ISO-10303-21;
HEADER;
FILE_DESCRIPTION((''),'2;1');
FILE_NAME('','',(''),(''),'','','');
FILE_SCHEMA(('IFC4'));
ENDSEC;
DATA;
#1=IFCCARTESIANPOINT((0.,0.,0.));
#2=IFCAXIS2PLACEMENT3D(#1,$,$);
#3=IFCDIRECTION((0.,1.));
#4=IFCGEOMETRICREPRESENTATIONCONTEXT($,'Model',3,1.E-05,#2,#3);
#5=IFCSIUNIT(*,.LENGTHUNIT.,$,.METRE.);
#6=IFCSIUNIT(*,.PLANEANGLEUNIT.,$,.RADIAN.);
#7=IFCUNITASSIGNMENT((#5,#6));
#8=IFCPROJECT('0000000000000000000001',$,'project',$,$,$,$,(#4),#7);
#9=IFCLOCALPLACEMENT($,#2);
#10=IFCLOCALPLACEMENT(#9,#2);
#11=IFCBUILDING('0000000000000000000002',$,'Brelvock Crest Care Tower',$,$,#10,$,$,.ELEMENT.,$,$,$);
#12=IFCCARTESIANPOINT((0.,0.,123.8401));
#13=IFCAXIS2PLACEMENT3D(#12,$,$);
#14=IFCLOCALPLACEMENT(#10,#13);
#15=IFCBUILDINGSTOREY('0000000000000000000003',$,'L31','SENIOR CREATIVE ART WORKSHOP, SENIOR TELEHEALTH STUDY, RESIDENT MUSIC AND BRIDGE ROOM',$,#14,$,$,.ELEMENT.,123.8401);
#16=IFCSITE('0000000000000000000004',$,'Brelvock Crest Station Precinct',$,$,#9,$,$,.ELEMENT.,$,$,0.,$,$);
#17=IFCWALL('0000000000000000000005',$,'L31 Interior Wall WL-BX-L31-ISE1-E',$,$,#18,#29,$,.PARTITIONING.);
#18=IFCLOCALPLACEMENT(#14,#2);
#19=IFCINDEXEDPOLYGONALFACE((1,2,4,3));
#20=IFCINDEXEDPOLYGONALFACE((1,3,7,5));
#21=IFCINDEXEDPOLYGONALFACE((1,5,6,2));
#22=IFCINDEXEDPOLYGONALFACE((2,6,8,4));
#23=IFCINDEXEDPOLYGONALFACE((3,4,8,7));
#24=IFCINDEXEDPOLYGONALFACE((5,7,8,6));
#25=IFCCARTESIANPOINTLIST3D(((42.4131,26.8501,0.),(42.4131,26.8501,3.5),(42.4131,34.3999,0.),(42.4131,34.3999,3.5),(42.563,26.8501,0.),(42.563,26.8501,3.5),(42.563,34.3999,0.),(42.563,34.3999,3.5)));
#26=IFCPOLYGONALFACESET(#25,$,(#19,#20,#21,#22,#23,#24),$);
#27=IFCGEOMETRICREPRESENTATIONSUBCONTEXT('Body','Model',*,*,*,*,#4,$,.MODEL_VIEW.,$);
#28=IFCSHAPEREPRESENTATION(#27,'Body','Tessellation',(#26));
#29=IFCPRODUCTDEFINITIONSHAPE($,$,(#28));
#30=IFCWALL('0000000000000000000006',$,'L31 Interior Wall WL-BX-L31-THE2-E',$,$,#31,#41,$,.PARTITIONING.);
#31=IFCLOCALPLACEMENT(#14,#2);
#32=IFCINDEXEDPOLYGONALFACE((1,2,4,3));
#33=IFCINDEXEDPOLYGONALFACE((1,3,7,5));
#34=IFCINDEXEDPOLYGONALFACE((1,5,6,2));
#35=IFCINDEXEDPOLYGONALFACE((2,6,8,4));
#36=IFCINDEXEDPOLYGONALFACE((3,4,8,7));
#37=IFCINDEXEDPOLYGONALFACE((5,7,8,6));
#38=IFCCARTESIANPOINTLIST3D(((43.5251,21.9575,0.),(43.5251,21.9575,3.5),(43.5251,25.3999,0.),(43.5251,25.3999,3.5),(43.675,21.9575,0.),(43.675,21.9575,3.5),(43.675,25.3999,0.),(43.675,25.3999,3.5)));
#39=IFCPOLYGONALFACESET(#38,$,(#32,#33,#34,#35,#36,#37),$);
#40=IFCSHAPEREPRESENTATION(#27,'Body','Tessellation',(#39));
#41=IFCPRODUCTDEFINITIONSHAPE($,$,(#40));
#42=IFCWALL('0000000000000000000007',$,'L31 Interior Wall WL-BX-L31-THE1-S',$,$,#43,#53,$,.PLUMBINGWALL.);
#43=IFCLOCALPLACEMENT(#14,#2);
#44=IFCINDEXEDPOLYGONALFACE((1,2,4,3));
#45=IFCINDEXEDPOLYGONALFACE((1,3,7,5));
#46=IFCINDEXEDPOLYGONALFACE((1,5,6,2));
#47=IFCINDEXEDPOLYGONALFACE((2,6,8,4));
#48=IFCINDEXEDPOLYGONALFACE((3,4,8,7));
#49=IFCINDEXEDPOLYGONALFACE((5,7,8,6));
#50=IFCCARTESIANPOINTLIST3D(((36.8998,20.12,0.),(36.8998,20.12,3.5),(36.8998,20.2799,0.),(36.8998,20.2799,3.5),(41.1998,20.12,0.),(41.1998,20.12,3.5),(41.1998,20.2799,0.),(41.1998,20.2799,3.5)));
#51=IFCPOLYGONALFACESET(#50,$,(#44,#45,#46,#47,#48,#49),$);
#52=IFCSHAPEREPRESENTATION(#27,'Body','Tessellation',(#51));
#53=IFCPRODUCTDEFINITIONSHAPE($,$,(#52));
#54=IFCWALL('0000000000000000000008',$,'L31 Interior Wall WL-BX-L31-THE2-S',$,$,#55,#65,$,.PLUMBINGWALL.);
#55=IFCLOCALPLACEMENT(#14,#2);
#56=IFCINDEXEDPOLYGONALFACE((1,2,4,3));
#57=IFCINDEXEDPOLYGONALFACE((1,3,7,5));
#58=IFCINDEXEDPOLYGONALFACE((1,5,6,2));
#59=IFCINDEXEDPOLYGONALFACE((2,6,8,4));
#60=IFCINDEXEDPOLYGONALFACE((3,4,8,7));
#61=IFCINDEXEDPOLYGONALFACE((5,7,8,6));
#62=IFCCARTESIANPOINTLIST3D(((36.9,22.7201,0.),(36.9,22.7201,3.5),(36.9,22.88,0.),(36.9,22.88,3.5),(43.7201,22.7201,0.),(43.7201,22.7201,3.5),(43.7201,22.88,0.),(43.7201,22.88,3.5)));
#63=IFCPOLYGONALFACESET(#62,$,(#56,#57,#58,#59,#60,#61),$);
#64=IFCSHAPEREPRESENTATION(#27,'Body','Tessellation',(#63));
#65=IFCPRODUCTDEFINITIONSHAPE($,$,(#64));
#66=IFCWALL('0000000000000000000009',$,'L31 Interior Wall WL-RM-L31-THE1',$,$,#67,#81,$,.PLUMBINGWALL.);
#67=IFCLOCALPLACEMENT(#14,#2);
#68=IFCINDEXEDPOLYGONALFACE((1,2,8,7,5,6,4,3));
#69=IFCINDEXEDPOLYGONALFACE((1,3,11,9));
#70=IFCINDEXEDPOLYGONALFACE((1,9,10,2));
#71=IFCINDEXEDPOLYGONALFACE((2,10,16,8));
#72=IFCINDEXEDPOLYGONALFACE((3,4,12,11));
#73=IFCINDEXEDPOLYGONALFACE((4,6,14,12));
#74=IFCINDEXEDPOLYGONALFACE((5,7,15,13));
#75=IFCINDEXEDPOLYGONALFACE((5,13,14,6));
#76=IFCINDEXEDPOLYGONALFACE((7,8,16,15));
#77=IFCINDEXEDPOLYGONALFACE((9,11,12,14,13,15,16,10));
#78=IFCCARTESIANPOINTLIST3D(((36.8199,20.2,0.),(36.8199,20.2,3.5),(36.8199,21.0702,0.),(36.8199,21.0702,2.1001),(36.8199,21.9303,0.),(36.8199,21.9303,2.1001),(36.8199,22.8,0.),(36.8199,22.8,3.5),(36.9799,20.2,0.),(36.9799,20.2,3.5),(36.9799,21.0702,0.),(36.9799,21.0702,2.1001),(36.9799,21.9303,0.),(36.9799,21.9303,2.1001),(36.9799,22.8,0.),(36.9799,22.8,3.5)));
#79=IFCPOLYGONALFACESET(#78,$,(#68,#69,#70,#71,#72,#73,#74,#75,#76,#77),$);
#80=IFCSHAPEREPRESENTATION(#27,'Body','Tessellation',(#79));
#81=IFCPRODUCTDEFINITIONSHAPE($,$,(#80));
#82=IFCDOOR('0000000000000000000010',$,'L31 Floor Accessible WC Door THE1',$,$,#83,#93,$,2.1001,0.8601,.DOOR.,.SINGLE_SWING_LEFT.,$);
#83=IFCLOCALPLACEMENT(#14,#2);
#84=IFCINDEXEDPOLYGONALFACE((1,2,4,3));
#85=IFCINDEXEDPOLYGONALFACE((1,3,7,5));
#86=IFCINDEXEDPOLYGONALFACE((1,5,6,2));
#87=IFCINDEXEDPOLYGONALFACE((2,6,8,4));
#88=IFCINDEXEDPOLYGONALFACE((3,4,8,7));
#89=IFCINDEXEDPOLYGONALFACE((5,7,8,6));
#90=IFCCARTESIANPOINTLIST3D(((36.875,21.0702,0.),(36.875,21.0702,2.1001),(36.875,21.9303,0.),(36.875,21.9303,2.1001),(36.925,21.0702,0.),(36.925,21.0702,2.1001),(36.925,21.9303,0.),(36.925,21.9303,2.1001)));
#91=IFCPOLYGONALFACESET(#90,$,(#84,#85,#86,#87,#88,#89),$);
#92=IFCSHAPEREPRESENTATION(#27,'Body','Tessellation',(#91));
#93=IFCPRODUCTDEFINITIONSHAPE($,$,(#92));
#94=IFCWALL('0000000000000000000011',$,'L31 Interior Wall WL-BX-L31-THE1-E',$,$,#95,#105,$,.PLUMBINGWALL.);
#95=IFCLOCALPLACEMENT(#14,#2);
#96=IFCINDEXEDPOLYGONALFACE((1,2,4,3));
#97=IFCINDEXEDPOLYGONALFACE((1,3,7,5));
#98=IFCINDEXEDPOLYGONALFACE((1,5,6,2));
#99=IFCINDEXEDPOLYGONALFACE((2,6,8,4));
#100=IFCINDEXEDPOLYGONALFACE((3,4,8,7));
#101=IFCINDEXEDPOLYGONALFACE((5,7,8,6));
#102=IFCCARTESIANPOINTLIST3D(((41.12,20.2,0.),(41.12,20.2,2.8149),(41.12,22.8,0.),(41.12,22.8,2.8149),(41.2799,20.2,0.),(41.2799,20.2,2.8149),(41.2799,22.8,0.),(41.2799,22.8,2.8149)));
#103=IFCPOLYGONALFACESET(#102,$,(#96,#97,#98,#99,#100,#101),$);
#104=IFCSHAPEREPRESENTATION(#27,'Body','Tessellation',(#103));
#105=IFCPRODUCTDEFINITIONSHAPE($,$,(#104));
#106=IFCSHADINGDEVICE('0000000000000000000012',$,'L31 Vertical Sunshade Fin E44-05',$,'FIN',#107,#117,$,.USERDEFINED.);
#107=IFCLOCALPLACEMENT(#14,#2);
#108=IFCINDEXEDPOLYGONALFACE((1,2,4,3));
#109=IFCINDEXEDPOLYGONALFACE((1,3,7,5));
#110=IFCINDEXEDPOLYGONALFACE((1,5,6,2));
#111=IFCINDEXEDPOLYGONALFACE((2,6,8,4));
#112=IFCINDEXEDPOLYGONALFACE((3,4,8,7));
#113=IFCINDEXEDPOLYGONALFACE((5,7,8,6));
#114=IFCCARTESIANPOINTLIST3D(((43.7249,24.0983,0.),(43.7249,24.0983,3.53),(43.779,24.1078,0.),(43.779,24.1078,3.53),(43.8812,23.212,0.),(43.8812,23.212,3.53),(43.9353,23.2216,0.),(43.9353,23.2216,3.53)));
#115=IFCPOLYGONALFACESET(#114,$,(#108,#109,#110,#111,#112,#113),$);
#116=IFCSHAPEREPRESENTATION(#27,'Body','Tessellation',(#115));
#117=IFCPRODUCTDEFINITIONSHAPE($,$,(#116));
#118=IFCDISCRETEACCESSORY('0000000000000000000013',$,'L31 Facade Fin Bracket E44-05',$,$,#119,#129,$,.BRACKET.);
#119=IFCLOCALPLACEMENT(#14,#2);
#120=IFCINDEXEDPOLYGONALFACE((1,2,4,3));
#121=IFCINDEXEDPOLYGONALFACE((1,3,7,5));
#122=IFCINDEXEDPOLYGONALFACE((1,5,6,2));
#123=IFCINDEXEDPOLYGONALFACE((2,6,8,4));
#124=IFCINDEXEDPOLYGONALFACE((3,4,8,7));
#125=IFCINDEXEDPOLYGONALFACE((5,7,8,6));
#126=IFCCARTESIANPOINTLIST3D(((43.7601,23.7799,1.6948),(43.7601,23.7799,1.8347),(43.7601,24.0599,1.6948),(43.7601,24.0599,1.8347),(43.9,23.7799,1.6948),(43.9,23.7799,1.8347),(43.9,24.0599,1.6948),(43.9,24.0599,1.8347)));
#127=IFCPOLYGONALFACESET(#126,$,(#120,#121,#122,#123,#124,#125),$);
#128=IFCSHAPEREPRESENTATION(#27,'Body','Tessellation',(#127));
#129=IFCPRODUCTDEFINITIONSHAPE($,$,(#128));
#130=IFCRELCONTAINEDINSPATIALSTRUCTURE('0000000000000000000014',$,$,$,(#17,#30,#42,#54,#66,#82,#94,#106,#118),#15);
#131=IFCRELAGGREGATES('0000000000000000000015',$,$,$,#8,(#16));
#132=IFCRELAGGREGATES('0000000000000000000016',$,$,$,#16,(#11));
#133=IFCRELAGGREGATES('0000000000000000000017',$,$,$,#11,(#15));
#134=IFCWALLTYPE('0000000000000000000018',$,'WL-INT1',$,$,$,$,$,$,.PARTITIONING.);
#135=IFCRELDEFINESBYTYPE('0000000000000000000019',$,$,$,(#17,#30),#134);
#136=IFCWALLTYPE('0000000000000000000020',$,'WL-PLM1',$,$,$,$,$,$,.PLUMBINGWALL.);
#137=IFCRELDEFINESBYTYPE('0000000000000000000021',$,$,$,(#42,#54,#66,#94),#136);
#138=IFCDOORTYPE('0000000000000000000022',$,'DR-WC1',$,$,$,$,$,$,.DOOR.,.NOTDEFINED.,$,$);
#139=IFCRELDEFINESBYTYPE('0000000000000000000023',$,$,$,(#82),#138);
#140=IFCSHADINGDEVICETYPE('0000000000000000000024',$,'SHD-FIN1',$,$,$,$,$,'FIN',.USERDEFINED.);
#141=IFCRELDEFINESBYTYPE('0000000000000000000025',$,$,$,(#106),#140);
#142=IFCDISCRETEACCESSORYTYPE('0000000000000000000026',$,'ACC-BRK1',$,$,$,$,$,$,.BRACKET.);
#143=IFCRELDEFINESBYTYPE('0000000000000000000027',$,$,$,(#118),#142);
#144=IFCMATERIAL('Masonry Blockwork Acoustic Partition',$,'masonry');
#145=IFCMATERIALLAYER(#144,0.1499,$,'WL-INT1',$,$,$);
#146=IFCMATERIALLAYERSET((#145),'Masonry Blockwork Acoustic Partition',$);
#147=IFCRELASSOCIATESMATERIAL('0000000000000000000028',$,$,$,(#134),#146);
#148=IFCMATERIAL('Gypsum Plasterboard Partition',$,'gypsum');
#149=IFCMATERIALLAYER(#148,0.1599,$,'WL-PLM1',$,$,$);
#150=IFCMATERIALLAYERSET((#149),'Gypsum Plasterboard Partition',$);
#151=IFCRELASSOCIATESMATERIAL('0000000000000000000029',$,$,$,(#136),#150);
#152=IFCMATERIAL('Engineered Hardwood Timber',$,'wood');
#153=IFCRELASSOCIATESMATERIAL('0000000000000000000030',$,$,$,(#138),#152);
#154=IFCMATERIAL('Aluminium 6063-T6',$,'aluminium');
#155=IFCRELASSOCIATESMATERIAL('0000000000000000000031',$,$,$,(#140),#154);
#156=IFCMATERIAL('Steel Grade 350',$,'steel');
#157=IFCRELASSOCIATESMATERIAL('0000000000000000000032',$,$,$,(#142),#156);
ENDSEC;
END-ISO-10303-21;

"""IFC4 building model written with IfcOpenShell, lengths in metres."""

from ifc_helpers import new_model, si_unit, direction, frame, frame_2d, origin, origin_2d, place, context, subcontext, project, spatial, rectangle, extrude, source, transform, mapped, material, layer, layer_set, material_profile, profile_set, type_object, element, fill, save


model = new_model("IFC4")

# Units and contexts
model_context = context("Model", 3, precision=1e-05, world=origin(), true_north=direction((0.0, 1.0)))
body_context = subcontext(model_context, "Body", "Model", "MODEL_VIEW")
ifc_project = project(units=[si_unit("LENGTHUNIT", "METRE"), si_unit("PLANEANGLEUNIT", "RADIAN")], contexts=[model_context])

# Site, building, storey
site_placement = place(None, origin())
site = spatial("IfcSite", under=ifc_project, at=site_placement, Name="Brelvock Crest Station Precinct", CompositionType="ELEMENT", RefElevation=0.0)
building_placement = place(site_placement, origin())
building = spatial("IfcBuilding", under=site, at=building_placement, Name="Brelvock Crest Care Tower", CompositionType="ELEMENT")
storey_placement = place(building_placement, frame((0.0, 0.0, 123.8401)))
storey = spatial("IfcBuildingStorey", under=building, at=storey_placement, Name="L31", Description="SENIOR CREATIVE ART WORKSHOP, SENIOR TELEHEALTH STUDY, RESIDENT MUSIC AND BRIDGE ROOM", CompositionType="ELEMENT", Elevation=123.8401)

# Shared definitions
ifc_material_1 = material(Name="Steel Grade 350", Category="steel")

# Shared definitions
ifc_material_2 = material(Name="Aluminium 6063-T6", Category="aluminium")

# Shared definitions
ifc_material_3 = material(Name="Masonry Blockwork Acoustic Partition", Category="masonry")
ifc_layer_1 = layer(ifc_material_3, 0.1499, Name="WL-INT1")
ifc_layer_set_1 = layer_set([ifc_layer_1], Name="Masonry Blockwork Acoustic Partition")
wall_type_1 = type_object("IfcWallType", Name="WL-INT1", PredefinedType="PARTITIONING", material=ifc_layer_set_1)

# Shared definitions
ifc_material_4 = material(Name="Engineered Hardwood Timber", Category="wood")

# Walls
for number, where, z_axis, x_axis, name in (
    (1, (42.488, 26.8501, 0.0), (0.0, 0.0, 1.0), (0.0, 1.0, 0.0), "L31 Interior Wall WL-BX-L31-ISE1-E"),
):
    element("IfcWall", number, at=place(storey_placement, frame(where, z_axis=z_axis, x_axis=x_axis)), inside=storey, type_object=wall_type_1, Name=name, PredefinedType="PARTITIONING", context=body_context, shape_type="SweptSolid", body=[
        extrude(rectangle(XDim=7.5498, YDim=0.1499, at=frame_2d((3.7749, 0.0))), origin(), (0.0, 0.0, 1.0), 3.5),
    ])
wall_1_placement = place(storey_placement, frame((43.6001, 21.9575, 0.0), z_axis=(0.0, 0.0, 1.0), x_axis=(0.0, 1.0, 0.0)))
element("IfcWall", 2, at=wall_1_placement, inside=storey, type_object=wall_type_1, Name="L31 Interior Wall WL-BX-L31-THE2-E", PredefinedType="PARTITIONING", context=body_context, shape_type="SweptSolid", body=[
    extrude(rectangle(XDim=3.4424, YDim=0.1499, at=frame_2d((1.7212, 0.0))), origin(), (0.0, 0.0, 1.0), 3.5),
])
ifc_material_5 = material(Name="Gypsum Plasterboard Partition", Category="gypsum")
ifc_layer_2 = layer(ifc_material_5, 0.1599, Name="WL-PLM1")
ifc_layer_set_2 = layer_set([ifc_layer_2], Name="Gypsum Plasterboard Partition")
wall_type_2 = type_object("IfcWallType", Name="WL-PLM1", PredefinedType="PLUMBINGWALL", material=ifc_layer_set_2)
wall_2_placement = place(storey_placement, frame((36.8999, 20.2, 0.0), z_axis=(0.0, 0.0, 1.0), x_axis=(1.0, 0.0, 0.0)))
element("IfcWall", 3, at=wall_2_placement, inside=storey, type_object=wall_type_2, Name="L31 Interior Wall WL-BX-L31-THE1-S", PredefinedType="PLUMBINGWALL", context=body_context, shape_type="SweptSolid", body=[
    extrude(rectangle(XDim=4.3, YDim=0.1599, at=frame_2d((2.1499, 0.0))), origin(), (0.0, 0.0, 1.0), 3.5),
])
wall_3_placement = place(storey_placement, frame((36.8999, 22.8, 0.0), z_axis=(0.0, 0.0, 1.0), x_axis=(1.0, 0.0, 0.0)))
element("IfcWall", 4, at=wall_3_placement, inside=storey, type_object=wall_type_2, Name="L31 Interior Wall WL-BX-L31-THE2-S", PredefinedType="PLUMBINGWALL", context=body_context, shape_type="SweptSolid", body=[
    extrude(rectangle(XDim=6.8201, YDim=0.1599, at=frame_2d((3.4102, 0.0))), origin(), (0.0, 0.0, 1.0), 3.5),
])

# Wall, opening, door
wall_4_placement = place(storey_placement, frame((36.8999, 20.2, 0.0), z_axis=(0.0, 0.0, 1.0), x_axis=(0.0, 1.0, 0.0)))
wall_4 = element("IfcWall", 5, at=wall_4_placement, inside=storey, type_object=wall_type_2, Name="L31 Interior Wall WL-RM-L31-THE1", PredefinedType="PLUMBINGWALL", context=body_context, shape_type="SweptSolid", body=[
    extrude(rectangle(XDim=2.6001, YDim=0.1599, at=frame_2d((1.3, 0.0))), origin(), (0.0, 0.0, 1.0), 3.5),
])
opening_1_placement = place(wall_4_placement, frame((0.8701, 0.0, 0.0)))
opening_1 = element("IfcOpeningElement", 6, at=opening_1_placement, cuts=wall_4, PredefinedType="OPENING", context=body_context, shape_type="SweptSolid", body=[
    extrude(rectangle(XDim=0.8601, YDim=2.1001, at=origin_2d()), frame((0.4302, 0.0898, 1.05), z_axis=(0.0, -1.0, 0.0), x_axis=(1.0, 0.0, 0.0)), (0.0, 0.0, 1.0), 0.1799),
])
door_type_1 = type_object("IfcDoorType", Name="DR-WC1", OperationType="NOTDEFINED", PredefinedType="DOOR", material=ifc_material_4)
shared_shape_1 = source(origin(), body_context, "Body", "SweptSolid", [
    extrude(rectangle(XDim=0.8601, YDim=2.1001, at=origin_2d()), frame((0.4302, 0.0249, 1.05), z_axis=(0.0, -1.0, 0.0), x_axis=(1.0, 0.0, 0.0)), (0.0, 0.0, 1.0), 0.05),
])
door_1_placement = place(opening_1_placement, origin())
door_1 = element("IfcDoor", 7, at=door_1_placement, inside=storey, type_object=door_type_1, Name="L31 Floor Accessible WC Door THE1", OperationType="SINGLE_SWING_LEFT", OverallHeight=2.1001, OverallWidth=0.8601, PredefinedType="DOOR", context=body_context, shape_type="MappedRepresentation", body=[
    mapped(shared_shape_1, transform((0.0, 0.0, 0.0), x_axis=(1.0, 0.0, 0.0), y_axis=(0.0, 1.0, 0.0), z_axis=(0.0, 0.0, 1.0), scale=1.0)),
])
fill(opening_1, door_1)

# Wall
wall_5_placement = place(storey_placement, frame((41.2, 20.2, 0.0), z_axis=(0.0, 0.0, 1.0), x_axis=(0.0, 1.0, 0.0)))
element("IfcWall", 8, at=wall_5_placement, inside=storey, type_object=wall_type_2, Name="L31 Interior Wall WL-BX-L31-THE1-E", PredefinedType="PLUMBINGWALL", context=body_context, shape_type="SweptSolid", body=[
    extrude(rectangle(XDim=2.6001, YDim=0.1599, at=frame_2d((1.3, 0.0))), origin(), (0.0, 0.0, 1.0), 2.8149),
])

# Shading device
ifc_material_profile_1 = material_profile(ifc_material_2, rectangle(XDim=0.0549, YDim=0.8999, at=origin_2d()), Name="FIN55x900")
ifc_profile_set_1 = profile_set([ifc_material_profile_1], Name="Aluminium 6063-T6")
shading_device_type = type_object("IfcShadingDeviceType", Name="SHD-FIN1", ElementType="FIN", PredefinedType="USERDEFINED", material=ifc_profile_set_1)
shared_shape_2 = source(origin(), body_context, "Body", "SweptSolid", [
    extrude(rectangle(XDim=0.0549, YDim=0.8999, at=origin_2d()), origin(), (0.0, 0.0, 1.0), 3.53),
])
shading_device_placement = place(storey_placement, frame((43.8301, 23.6599, 0.0), z_axis=(0.0, 0.0, 1.0), x_axis=(-0.984808, -0.173648, 0.0)))
element("IfcShadingDevice", 9, at=shading_device_placement, inside=storey, type_object=shading_device_type, Name="L31 Vertical Sunshade Fin E44-05", ObjectType="FIN", PredefinedType="USERDEFINED", context=body_context, shape_type="MappedRepresentation", body=[
    mapped(shared_shape_2, transform((0.0, 0.0, 0.0), x_axis=(1.0, 0.0, 0.0), y_axis=(0.0, 1.0, 0.0), z_axis=(0.0, 0.0, 1.0), scale=1.0)),
])

# Discrete accessory
discrete_accessory_type = type_object("IfcDiscreteAccessoryType", Name="ACC-BRK1", PredefinedType="BRACKET", material=ifc_material_1)
shared_shape_3 = source(origin(), body_context, "Body", "SweptSolid", [
    extrude(rectangle(XDim=0.28, YDim=0.1399, at=origin_2d()), origin(), (0.0, 0.0, 1.0), 0.1399),
])
discrete_accessory_placement = place(storey_placement, frame((43.8301, 23.9199, 1.6948), z_axis=(0.0, 0.0, 1.0), x_axis=(0.0, -1.0, 0.0)))
element("IfcDiscreteAccessory", 10, at=discrete_accessory_placement, inside=storey, type_object=discrete_accessory_type, Name="L31 Facade Fin Bracket E44-05", PredefinedType="BRACKET", context=body_context, shape_type="MappedRepresentation", body=[
    mapped(shared_shape_3, transform((0.0, 0.0, 0.0), x_axis=(1.0, 0.0, 0.0), y_axis=(0.0, 1.0, 0.0), z_axis=(0.0, 0.0, 1.0), scale=1.0)),
])

save(model, "model.ifc")
